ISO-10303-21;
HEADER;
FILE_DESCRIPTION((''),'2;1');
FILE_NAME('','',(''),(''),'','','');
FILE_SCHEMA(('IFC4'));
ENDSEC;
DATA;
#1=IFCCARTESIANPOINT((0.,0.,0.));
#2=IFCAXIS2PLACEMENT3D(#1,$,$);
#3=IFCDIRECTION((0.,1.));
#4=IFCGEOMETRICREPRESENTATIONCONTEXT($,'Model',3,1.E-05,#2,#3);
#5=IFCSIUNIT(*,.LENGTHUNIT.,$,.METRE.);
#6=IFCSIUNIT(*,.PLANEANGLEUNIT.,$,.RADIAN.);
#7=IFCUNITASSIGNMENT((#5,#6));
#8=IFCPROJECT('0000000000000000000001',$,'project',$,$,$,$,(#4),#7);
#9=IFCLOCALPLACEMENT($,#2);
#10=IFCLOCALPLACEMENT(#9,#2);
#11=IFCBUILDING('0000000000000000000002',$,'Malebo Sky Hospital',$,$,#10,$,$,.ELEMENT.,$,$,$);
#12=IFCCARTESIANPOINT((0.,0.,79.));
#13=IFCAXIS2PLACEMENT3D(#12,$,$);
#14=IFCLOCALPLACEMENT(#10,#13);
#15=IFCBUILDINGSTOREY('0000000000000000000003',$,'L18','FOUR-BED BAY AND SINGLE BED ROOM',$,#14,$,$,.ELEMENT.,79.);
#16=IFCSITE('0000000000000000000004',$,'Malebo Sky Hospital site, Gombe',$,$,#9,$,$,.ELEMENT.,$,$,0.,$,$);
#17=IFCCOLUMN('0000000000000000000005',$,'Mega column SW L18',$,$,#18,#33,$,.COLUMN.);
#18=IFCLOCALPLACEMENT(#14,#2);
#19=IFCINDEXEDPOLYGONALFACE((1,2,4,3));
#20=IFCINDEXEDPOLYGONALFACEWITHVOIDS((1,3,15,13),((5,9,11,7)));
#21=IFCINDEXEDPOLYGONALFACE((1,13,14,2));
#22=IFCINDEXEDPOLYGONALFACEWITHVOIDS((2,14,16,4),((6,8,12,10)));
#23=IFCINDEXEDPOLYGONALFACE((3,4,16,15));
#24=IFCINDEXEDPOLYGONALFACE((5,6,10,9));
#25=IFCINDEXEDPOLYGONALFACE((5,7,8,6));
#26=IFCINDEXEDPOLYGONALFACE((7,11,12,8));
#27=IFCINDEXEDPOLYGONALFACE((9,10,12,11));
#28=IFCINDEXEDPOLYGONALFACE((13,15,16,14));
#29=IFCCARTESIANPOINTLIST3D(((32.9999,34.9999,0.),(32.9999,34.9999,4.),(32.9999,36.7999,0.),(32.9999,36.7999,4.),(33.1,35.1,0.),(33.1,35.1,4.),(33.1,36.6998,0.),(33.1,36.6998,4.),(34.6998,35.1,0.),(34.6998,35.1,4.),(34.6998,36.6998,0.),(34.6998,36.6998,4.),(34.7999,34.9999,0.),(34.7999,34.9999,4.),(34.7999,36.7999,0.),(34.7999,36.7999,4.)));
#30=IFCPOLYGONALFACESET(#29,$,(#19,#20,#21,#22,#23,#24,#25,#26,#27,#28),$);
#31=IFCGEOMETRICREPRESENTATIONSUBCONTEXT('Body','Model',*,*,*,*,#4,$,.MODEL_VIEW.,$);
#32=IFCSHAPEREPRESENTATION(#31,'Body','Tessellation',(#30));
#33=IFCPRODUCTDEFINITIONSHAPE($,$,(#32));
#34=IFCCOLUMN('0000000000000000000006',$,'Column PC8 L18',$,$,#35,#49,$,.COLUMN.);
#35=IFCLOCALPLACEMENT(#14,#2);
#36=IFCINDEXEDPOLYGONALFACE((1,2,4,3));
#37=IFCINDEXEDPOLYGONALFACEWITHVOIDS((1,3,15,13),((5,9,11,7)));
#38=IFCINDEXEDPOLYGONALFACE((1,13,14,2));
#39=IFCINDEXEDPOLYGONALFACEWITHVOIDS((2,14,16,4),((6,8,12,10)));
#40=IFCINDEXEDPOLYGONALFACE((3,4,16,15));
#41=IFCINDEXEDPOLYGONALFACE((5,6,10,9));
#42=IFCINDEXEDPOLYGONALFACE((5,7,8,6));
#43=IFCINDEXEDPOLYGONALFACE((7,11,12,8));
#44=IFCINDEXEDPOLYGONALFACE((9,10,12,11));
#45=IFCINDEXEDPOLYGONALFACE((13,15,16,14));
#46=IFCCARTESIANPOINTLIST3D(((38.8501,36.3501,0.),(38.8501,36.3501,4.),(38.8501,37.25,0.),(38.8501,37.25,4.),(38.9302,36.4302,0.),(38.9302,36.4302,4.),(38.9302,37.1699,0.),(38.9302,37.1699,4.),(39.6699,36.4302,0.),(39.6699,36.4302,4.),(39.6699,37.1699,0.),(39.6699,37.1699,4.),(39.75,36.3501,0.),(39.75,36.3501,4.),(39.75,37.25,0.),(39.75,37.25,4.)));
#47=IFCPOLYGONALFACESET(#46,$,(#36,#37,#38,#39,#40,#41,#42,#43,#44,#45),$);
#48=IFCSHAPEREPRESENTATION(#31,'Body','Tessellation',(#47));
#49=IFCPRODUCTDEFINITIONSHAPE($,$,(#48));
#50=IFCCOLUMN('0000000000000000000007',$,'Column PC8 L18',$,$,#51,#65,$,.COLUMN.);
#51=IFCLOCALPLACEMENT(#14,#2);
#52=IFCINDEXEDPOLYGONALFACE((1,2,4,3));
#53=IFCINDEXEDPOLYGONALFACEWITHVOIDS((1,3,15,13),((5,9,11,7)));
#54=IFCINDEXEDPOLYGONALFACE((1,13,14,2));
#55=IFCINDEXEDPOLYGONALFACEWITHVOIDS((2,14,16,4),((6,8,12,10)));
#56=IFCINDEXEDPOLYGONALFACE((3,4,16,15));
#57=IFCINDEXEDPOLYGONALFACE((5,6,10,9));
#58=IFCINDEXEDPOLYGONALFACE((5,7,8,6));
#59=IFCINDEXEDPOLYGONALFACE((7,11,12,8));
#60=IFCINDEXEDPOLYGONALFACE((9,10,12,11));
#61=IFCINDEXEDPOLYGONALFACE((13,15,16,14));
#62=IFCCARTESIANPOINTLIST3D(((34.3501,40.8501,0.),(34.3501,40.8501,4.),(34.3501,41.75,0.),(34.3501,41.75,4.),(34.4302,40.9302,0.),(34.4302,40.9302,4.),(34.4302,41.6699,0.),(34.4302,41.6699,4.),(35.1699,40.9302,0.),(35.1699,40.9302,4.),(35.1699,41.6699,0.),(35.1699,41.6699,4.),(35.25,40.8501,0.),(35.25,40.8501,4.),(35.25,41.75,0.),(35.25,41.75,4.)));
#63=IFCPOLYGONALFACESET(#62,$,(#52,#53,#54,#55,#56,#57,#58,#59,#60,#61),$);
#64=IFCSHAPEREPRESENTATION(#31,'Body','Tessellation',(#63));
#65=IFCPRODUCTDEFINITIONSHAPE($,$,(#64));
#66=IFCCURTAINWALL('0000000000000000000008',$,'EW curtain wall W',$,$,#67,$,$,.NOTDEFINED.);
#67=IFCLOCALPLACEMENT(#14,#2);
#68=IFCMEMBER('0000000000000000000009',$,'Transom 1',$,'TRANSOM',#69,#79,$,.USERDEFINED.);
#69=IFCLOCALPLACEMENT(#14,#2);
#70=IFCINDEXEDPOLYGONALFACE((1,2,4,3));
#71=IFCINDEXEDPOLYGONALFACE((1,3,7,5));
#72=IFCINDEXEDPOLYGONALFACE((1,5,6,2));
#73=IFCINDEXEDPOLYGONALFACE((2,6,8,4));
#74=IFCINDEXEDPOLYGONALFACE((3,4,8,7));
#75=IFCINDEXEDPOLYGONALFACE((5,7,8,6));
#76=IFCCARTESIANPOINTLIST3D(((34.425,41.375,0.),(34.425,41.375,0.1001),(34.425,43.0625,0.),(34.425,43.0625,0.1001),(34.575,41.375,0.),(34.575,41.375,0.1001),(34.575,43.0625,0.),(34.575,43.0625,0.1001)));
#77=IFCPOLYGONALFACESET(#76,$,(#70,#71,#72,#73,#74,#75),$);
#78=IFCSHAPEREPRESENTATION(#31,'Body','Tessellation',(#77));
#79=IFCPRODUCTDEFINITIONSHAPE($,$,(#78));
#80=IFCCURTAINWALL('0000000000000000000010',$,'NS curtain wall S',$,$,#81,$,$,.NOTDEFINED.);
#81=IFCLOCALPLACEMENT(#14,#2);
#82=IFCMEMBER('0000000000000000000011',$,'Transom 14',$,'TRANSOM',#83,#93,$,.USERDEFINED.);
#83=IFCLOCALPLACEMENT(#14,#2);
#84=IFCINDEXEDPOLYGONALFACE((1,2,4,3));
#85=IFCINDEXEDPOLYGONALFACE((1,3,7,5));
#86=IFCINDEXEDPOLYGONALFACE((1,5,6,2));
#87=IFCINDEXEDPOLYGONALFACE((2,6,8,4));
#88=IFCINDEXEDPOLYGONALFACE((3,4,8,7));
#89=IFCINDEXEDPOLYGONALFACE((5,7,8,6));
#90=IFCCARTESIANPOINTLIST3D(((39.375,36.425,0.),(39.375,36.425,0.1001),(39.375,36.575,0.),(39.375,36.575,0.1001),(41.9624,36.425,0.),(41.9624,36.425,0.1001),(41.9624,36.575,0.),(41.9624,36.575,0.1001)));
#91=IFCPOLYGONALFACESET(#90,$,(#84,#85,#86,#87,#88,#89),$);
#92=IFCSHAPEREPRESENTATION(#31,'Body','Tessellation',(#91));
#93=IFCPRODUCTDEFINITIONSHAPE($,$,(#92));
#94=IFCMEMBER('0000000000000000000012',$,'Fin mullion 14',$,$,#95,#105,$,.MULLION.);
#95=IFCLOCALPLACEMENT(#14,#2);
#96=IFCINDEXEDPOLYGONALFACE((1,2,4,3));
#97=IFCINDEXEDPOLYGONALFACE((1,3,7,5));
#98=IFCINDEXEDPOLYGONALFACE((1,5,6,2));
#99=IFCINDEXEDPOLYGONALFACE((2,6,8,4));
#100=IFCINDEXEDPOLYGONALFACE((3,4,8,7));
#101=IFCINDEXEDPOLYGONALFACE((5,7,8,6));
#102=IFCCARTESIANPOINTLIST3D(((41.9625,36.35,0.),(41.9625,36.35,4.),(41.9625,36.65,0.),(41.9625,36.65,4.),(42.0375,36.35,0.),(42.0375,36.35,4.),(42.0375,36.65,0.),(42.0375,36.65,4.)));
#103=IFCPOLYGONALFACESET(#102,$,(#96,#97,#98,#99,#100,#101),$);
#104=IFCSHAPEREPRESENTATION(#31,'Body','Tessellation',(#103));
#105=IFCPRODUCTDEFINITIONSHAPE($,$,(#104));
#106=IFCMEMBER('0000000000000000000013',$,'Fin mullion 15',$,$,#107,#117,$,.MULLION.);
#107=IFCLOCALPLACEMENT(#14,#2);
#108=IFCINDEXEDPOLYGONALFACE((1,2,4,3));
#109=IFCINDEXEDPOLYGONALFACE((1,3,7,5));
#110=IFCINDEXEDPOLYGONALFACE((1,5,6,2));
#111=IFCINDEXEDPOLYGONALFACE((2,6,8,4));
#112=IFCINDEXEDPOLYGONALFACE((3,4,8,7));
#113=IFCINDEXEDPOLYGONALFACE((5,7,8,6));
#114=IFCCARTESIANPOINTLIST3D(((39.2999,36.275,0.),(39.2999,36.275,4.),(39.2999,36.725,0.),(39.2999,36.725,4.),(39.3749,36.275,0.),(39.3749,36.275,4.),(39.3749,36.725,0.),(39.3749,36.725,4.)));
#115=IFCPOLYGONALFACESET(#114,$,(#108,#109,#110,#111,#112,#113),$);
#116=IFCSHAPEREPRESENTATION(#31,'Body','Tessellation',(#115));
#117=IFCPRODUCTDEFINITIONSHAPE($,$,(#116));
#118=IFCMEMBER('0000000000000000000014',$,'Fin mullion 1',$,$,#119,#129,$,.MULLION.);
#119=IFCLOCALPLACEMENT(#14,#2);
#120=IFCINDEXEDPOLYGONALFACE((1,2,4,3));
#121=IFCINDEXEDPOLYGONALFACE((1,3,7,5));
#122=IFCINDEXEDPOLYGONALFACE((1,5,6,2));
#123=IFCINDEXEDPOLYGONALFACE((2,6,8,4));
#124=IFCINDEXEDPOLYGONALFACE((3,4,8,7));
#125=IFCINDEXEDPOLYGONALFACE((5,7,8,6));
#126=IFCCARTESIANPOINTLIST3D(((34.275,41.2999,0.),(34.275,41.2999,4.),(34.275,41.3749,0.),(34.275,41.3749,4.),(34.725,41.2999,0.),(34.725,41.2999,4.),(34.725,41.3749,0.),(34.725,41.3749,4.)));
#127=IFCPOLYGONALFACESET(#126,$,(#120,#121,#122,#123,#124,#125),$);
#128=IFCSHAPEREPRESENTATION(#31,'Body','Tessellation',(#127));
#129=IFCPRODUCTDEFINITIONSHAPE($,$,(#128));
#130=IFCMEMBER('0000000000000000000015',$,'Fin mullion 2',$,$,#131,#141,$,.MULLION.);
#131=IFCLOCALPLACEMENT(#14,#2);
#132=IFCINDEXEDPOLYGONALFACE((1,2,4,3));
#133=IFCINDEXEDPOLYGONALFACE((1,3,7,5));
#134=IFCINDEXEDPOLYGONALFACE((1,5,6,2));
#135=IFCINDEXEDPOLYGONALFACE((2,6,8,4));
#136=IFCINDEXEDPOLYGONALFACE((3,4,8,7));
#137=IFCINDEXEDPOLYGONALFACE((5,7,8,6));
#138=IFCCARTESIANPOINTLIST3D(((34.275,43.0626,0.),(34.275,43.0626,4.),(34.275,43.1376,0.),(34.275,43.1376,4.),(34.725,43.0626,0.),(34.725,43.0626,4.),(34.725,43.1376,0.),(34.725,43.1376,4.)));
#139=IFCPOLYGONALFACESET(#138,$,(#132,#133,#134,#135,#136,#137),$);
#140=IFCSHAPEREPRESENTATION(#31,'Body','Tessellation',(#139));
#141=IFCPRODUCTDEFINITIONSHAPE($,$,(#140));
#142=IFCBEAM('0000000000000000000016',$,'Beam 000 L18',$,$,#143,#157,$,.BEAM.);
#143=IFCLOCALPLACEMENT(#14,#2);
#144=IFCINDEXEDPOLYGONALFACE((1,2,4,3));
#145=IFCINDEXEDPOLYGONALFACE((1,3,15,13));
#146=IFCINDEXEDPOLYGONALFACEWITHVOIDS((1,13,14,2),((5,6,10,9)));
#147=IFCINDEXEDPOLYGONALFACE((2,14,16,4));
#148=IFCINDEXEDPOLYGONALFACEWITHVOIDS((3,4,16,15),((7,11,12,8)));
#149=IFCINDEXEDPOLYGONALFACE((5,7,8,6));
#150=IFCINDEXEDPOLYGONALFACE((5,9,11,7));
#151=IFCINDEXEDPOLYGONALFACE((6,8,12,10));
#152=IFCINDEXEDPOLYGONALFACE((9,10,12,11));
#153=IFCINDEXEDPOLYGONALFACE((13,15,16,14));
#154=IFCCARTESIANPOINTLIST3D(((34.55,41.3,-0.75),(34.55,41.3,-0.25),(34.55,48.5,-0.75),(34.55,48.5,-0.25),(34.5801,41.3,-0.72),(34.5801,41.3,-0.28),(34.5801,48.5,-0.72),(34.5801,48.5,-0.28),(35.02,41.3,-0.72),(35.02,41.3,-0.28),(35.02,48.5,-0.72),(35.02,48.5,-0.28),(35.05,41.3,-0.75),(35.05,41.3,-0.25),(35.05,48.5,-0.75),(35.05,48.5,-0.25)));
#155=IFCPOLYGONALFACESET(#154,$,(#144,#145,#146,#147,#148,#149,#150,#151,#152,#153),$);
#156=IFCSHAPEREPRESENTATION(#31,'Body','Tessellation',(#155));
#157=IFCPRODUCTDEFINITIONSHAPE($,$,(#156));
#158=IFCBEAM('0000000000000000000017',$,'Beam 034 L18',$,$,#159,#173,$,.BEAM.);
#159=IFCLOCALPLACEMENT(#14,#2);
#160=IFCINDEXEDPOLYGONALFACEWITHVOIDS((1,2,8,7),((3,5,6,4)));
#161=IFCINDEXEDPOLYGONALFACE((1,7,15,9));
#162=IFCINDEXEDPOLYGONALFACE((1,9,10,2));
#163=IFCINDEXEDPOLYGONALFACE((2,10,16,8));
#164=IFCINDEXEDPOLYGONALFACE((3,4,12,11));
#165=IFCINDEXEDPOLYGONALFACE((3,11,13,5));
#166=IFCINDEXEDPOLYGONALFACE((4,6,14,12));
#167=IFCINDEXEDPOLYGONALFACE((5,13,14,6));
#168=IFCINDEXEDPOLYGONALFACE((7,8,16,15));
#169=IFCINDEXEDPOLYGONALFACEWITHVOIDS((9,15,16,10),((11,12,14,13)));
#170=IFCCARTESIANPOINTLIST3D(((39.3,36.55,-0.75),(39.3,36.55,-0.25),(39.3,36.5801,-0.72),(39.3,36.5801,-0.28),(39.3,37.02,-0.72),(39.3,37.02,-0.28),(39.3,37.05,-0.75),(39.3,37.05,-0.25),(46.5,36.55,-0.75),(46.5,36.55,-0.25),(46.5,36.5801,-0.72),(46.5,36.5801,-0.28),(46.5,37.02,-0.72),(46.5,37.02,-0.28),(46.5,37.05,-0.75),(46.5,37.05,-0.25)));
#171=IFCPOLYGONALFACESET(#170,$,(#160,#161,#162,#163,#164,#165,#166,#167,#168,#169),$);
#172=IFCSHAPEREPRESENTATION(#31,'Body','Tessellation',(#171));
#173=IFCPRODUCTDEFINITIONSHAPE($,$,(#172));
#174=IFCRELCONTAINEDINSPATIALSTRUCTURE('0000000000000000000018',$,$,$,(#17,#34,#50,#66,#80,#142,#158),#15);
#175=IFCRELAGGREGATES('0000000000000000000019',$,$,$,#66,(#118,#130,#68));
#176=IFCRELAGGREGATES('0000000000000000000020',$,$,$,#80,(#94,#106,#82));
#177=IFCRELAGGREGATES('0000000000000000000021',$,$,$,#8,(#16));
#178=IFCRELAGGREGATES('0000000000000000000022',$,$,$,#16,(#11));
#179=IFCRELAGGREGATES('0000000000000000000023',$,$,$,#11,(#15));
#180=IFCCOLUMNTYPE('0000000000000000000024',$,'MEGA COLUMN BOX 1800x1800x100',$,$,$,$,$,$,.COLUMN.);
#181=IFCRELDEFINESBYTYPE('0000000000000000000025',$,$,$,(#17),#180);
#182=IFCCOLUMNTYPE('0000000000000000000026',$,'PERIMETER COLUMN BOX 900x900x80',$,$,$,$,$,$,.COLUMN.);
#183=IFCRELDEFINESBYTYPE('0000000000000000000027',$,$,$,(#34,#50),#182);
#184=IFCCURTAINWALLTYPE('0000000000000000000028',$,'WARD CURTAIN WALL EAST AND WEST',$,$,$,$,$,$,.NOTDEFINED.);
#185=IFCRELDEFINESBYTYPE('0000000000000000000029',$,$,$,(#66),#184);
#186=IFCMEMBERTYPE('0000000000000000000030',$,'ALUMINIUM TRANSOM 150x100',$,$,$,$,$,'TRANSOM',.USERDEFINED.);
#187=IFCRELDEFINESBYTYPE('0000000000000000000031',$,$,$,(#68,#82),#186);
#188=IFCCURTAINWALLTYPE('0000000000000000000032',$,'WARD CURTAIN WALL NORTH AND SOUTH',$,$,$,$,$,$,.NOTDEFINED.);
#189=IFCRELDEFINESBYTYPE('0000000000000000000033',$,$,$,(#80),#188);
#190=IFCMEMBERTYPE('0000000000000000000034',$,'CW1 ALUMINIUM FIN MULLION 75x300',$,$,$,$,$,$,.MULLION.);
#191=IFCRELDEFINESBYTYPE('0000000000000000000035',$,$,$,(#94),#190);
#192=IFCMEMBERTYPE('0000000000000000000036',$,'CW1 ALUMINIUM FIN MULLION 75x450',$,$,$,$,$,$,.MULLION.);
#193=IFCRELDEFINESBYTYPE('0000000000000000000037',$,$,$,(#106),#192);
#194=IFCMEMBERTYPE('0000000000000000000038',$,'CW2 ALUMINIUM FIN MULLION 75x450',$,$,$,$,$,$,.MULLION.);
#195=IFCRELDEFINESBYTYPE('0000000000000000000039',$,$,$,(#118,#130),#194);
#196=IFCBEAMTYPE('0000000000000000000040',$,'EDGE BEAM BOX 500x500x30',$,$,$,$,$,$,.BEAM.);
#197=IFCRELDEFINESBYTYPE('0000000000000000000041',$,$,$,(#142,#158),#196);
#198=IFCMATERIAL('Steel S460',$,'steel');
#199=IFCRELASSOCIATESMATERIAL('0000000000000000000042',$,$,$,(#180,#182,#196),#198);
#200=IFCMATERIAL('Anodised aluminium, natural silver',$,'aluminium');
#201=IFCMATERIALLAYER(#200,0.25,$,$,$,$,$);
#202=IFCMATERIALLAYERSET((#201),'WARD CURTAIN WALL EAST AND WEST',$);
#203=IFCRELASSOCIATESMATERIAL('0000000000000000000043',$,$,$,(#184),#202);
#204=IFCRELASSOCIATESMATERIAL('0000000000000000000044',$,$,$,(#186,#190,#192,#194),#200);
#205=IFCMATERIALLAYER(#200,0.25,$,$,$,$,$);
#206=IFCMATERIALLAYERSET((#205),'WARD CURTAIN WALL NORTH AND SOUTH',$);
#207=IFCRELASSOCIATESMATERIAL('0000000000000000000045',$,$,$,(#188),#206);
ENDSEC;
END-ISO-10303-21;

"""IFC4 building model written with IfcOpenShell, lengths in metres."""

from ifc_helpers import new_model, si_unit, direction, frame, origin, origin_2d, place, context, subcontext, project, spatial, rectangle, hollow_rectangle, extrude, material, layer, layer_set, material_profile, profile_set, type_object, element, aggregate, save


model = new_model("IFC4")

# Units and contexts
model_context = context("Model", 3, precision=1e-05, world=origin(), true_north=direction((0.0, 1.0)))
body_context = subcontext(model_context, "Body", "Model", "MODEL_VIEW")
ifc_project = project(units=[si_unit("LENGTHUNIT", "METRE"), si_unit("PLANEANGLEUNIT", "RADIAN")], contexts=[model_context])

# Site, building, storey
site_placement = place(None, origin())
site = spatial("IfcSite", under=ifc_project, at=site_placement, Name="Malebo Sky Hospital site, Gombe", CompositionType="ELEMENT", RefElevation=0.0)
building_placement = place(site_placement, origin())
building = spatial("IfcBuilding", under=site, at=building_placement, Name="Malebo Sky Hospital", CompositionType="ELEMENT")
storey_placement = place(building_placement, frame((0.0, 0.0, 79.0)))
storey = spatial("IfcBuildingStorey", under=building, at=storey_placement, Name="L18", Description="FOUR-BED BAY AND SINGLE BED ROOM", CompositionType="ELEMENT", Elevation=79.0)

# Columns
ifc_material_1 = material(Name="Steel S460", Category="steel")
ifc_material_profile_1 = material_profile(ifc_material_1, hollow_rectangle(XDim=1.8, YDim=1.8, WallThickness=0.1001, at=origin_2d()), Name="BOX 1800x1800x100")
ifc_profile_set_1 = profile_set([ifc_material_profile_1], Name="Steel S460")
column_type_1 = type_object("IfcColumnType", Name="MEGA COLUMN BOX 1800x1800x100", PredefinedType="COLUMN", material=ifc_profile_set_1)
column_placement = place(storey_placement, frame((33.8999, 35.8999, 0.0), z_axis=(0.0, 0.0, 1.0), x_axis=(1.0, 0.0, 0.0)))
element("IfcColumn", 1, at=column_placement, inside=storey, type_object=column_type_1, Name="Mega column SW L18", PredefinedType="COLUMN", context=body_context, shape_type="SweptSolid", body=[
    extrude(hollow_rectangle(XDim=1.8, YDim=1.8, WallThickness=0.1001, at=origin_2d()), origin(), (0.0, 0.0, 1.0), 4.0),
])
ifc_material_profile_2 = material_profile(ifc_material_1, hollow_rectangle(XDim=0.8999, YDim=0.8999, WallThickness=0.0801, at=origin_2d()), Name="BOX 900x900x80")
ifc_profile_set_2 = profile_set([ifc_material_profile_2], Name="Steel S460")
column_type_2 = type_object("IfcColumnType", Name="PERIMETER COLUMN BOX 900x900x80", PredefinedType="COLUMN", material=ifc_profile_set_2)
for number, where, z_axis, x_axis, name in (
    (2, (39.3, 36.8, 0.0), (0.0, 0.0, 1.0), (1.0, 0.0, 0.0), "Column PC8 L18"),
    (3, (34.8, 41.3, 0.0), (0.0, 0.0, 1.0), (1.0, 0.0, 0.0), "Column PC8 L18"),
):
    element("IfcColumn", number, at=place(storey_placement, frame(where, z_axis=z_axis, x_axis=x_axis)), inside=storey, type_object=column_type_2, Name=name, PredefinedType="COLUMN", context=body_context, shape_type="SweptSolid", body=[
        extrude(hollow_rectangle(XDim=0.8999, YDim=0.8999, WallThickness=0.0801, at=origin_2d()), origin(), (0.0, 0.0, 1.0), 4.0),
    ])

# Curtain wall, member
ifc_material_2 = material(Name="Anodised aluminium, natural silver", Category="aluminium")
ifc_layer_1 = layer(ifc_material_2, 0.25)
ifc_layer_set_1 = layer_set([ifc_layer_1], Name="WARD CURTAIN WALL EAST AND WEST")
curtain_wall_type_1 = type_object("IfcCurtainWallType", Name="WARD CURTAIN WALL EAST AND WEST", PredefinedType="NOTDEFINED", material=ifc_layer_set_1)
curtain_wall_1_placement = place(storey_placement, origin())
curtain_wall_1 = element("IfcCurtainWall", 4, at=curtain_wall_1_placement, inside=storey, type_object=curtain_wall_type_1, Name="EW curtain wall W", PredefinedType="NOTDEFINED")
ifc_material_profile_3 = material_profile(ifc_material_2, rectangle(XDim=0.1499, YDim=0.1001, at=origin_2d()), Name="ALUMINIUM TRANSOM 150x100")
ifc_profile_set_3 = profile_set([ifc_material_profile_3], Name="Anodised aluminium, natural silver")
member_type_1 = type_object("IfcMemberType", Name="ALUMINIUM TRANSOM 150x100", ElementType="TRANSOM", PredefinedType="USERDEFINED", material=ifc_profile_set_3)
member_1_placement = place(storey_placement, frame((34.5, 41.375, 0.05), z_axis=(0.0, 1.0, 0.0), x_axis=(-1.0, 0.0, 0.0)))
member_1 = element("IfcMember", 5, at=member_1_placement, type_object=member_type_1, Name="Transom 1", ObjectType="TRANSOM", PredefinedType="USERDEFINED", context=body_context, shape_type="SweptSolid", body=[
    extrude(rectangle(XDim=0.1499, YDim=0.1001, at=origin_2d()), origin(), (0.0, 0.0, 1.0), 1.6875),
])

# Curtain wall, members
ifc_layer_2 = layer(ifc_material_2, 0.25)
ifc_layer_set_2 = layer_set([ifc_layer_2], Name="WARD CURTAIN WALL NORTH AND SOUTH")
curtain_wall_type_2 = type_object("IfcCurtainWallType", Name="WARD CURTAIN WALL NORTH AND SOUTH", PredefinedType="NOTDEFINED", material=ifc_layer_set_2)
curtain_wall_2_placement = place(storey_placement, origin())
curtain_wall_2 = element("IfcCurtainWall", 6, at=curtain_wall_2_placement, inside=storey, type_object=curtain_wall_type_2, Name="NS curtain wall S", PredefinedType="NOTDEFINED")
member_2_placement = place(storey_placement, frame((41.9624, 36.5, 0.05), z_axis=(-1.0, 0.0, 0.0), x_axis=(0.0, -1.0, 0.0)))
member_2 = element("IfcMember", 7, at=member_2_placement, type_object=member_type_1, Name="Transom 14", ObjectType="TRANSOM", PredefinedType="USERDEFINED", context=body_context, shape_type="SweptSolid", body=[
    extrude(rectangle(XDim=0.1499, YDim=0.1001, at=origin_2d()), origin(), (0.0, 0.0, 1.0), 2.5874),
])
ifc_material_profile_4 = material_profile(ifc_material_2, rectangle(XDim=0.075, YDim=0.3, at=origin_2d()), Name="CW1 ALUMINIUM FIN MULLION 75x300")
ifc_profile_set_4 = profile_set([ifc_material_profile_4], Name="Anodised aluminium, natural silver")
member_type_2 = type_object("IfcMemberType", Name="CW1 ALUMINIUM FIN MULLION 75x300", PredefinedType="MULLION", material=ifc_profile_set_4)
member_3_placement = place(storey_placement, frame((42.0, 36.5, 0.0), z_axis=(0.0, 0.0, 1.0), x_axis=(-1.0, 0.0, 0.0)))
member_3 = element("IfcMember", 8, at=member_3_placement, type_object=member_type_2, Name="Fin mullion 14", PredefinedType="MULLION", context=body_context, shape_type="SweptSolid", body=[
    extrude(rectangle(XDim=0.075, YDim=0.3, at=origin_2d()), origin(), (0.0, 0.0, 1.0), 4.0),
])
ifc_material_profile_5 = material_profile(ifc_material_2, rectangle(XDim=0.075, YDim=0.45, at=origin_2d()), Name="CW1 ALUMINIUM FIN MULLION 75x450")
ifc_profile_set_5 = profile_set([ifc_material_profile_5], Name="Anodised aluminium, natural silver")
member_type_3 = type_object("IfcMemberType", Name="CW1 ALUMINIUM FIN MULLION 75x450", PredefinedType="MULLION", material=ifc_profile_set_5)
member_4_placement = place(storey_placement, frame((39.3374, 36.5, 0.0), z_axis=(0.0, 0.0, 1.0), x_axis=(-1.0, 0.0, 0.0)))
member_4 = element("IfcMember", 9, at=member_4_placement, type_object=member_type_3, Name="Fin mullion 15", PredefinedType="MULLION", context=body_context, shape_type="SweptSolid", body=[
    extrude(rectangle(XDim=0.075, YDim=0.45, at=origin_2d()), origin(), (0.0, 0.0, 1.0), 4.0),
])

# Members
ifc_material_profile_6 = material_profile(ifc_material_2, rectangle(XDim=0.075, YDim=0.45, at=origin_2d()), Name="CW2 ALUMINIUM FIN MULLION 75x450")
ifc_profile_set_6 = profile_set([ifc_material_profile_6], Name="Anodised aluminium, natural silver")
member_type_4 = type_object("IfcMemberType", Name="CW2 ALUMINIUM FIN MULLION 75x450", PredefinedType="MULLION", material=ifc_profile_set_6)
member_5_placement = place(storey_placement, frame((34.5, 41.3374, 0.0), z_axis=(0.0, 0.0, 1.0), x_axis=(0.0, 1.0, 0.0)))
member_5 = element("IfcMember", 10, at=member_5_placement, type_object=member_type_4, Name="Fin mullion 1", PredefinedType="MULLION", context=body_context, shape_type="SweptSolid", body=[
    extrude(rectangle(XDim=0.075, YDim=0.45, at=origin_2d()), origin(), (0.0, 0.0, 1.0), 4.0),
])
member_6_placement = place(storey_placement, frame((34.5, 43.1001, 0.0), z_axis=(0.0, 0.0, 1.0), x_axis=(0.0, 1.0, 0.0)))
member_6 = element("IfcMember", 11, at=member_6_placement, type_object=member_type_4, Name="Fin mullion 2", PredefinedType="MULLION", context=body_context, shape_type="SweptSolid", body=[
    extrude(rectangle(XDim=0.075, YDim=0.45, at=origin_2d()), origin(), (0.0, 0.0, 1.0), 4.0),
])

# Beams
ifc_material_profile_7 = material_profile(ifc_material_1, hollow_rectangle(XDim=0.5, YDim=0.5, WallThickness=0.03, at=origin_2d()), Name="BOX 500x500x30")
ifc_profile_set_7 = profile_set([ifc_material_profile_7], Name="Steel S460")
beam_type_1 = type_object("IfcBeamType", Name="EDGE BEAM BOX 500x500x30", PredefinedType="BEAM", material=ifc_profile_set_7)
for number, where, z_axis, x_axis, name in (
    (12, (34.8, 41.3, -0.5), (0.0, 1.0, 0.0), (-1.0, 0.0, 0.0), "Beam 000 L18"),
    (13, (39.3, 36.8, -0.5), (1.0, 0.0, 0.0), (0.0, 1.0, 0.0), "Beam 034 L18"),
):
    element("IfcBeam", number, at=place(storey_placement, frame(where, z_axis=z_axis, x_axis=x_axis)), inside=storey, type_object=beam_type_1, Name=name, PredefinedType="BEAM", context=body_context, shape_type="SweptSolid", body=[
        extrude(hollow_rectangle(XDim=0.5, YDim=0.5, WallThickness=0.03, at=origin_2d()), origin(), (0.0, 0.0, 1.0), 7.2),
    ])

aggregate(curtain_wall_1, [member_5, member_6, member_1])
aggregate(curtain_wall_2, [member_3, member_4, member_2])

save(model, "model.ifc")
